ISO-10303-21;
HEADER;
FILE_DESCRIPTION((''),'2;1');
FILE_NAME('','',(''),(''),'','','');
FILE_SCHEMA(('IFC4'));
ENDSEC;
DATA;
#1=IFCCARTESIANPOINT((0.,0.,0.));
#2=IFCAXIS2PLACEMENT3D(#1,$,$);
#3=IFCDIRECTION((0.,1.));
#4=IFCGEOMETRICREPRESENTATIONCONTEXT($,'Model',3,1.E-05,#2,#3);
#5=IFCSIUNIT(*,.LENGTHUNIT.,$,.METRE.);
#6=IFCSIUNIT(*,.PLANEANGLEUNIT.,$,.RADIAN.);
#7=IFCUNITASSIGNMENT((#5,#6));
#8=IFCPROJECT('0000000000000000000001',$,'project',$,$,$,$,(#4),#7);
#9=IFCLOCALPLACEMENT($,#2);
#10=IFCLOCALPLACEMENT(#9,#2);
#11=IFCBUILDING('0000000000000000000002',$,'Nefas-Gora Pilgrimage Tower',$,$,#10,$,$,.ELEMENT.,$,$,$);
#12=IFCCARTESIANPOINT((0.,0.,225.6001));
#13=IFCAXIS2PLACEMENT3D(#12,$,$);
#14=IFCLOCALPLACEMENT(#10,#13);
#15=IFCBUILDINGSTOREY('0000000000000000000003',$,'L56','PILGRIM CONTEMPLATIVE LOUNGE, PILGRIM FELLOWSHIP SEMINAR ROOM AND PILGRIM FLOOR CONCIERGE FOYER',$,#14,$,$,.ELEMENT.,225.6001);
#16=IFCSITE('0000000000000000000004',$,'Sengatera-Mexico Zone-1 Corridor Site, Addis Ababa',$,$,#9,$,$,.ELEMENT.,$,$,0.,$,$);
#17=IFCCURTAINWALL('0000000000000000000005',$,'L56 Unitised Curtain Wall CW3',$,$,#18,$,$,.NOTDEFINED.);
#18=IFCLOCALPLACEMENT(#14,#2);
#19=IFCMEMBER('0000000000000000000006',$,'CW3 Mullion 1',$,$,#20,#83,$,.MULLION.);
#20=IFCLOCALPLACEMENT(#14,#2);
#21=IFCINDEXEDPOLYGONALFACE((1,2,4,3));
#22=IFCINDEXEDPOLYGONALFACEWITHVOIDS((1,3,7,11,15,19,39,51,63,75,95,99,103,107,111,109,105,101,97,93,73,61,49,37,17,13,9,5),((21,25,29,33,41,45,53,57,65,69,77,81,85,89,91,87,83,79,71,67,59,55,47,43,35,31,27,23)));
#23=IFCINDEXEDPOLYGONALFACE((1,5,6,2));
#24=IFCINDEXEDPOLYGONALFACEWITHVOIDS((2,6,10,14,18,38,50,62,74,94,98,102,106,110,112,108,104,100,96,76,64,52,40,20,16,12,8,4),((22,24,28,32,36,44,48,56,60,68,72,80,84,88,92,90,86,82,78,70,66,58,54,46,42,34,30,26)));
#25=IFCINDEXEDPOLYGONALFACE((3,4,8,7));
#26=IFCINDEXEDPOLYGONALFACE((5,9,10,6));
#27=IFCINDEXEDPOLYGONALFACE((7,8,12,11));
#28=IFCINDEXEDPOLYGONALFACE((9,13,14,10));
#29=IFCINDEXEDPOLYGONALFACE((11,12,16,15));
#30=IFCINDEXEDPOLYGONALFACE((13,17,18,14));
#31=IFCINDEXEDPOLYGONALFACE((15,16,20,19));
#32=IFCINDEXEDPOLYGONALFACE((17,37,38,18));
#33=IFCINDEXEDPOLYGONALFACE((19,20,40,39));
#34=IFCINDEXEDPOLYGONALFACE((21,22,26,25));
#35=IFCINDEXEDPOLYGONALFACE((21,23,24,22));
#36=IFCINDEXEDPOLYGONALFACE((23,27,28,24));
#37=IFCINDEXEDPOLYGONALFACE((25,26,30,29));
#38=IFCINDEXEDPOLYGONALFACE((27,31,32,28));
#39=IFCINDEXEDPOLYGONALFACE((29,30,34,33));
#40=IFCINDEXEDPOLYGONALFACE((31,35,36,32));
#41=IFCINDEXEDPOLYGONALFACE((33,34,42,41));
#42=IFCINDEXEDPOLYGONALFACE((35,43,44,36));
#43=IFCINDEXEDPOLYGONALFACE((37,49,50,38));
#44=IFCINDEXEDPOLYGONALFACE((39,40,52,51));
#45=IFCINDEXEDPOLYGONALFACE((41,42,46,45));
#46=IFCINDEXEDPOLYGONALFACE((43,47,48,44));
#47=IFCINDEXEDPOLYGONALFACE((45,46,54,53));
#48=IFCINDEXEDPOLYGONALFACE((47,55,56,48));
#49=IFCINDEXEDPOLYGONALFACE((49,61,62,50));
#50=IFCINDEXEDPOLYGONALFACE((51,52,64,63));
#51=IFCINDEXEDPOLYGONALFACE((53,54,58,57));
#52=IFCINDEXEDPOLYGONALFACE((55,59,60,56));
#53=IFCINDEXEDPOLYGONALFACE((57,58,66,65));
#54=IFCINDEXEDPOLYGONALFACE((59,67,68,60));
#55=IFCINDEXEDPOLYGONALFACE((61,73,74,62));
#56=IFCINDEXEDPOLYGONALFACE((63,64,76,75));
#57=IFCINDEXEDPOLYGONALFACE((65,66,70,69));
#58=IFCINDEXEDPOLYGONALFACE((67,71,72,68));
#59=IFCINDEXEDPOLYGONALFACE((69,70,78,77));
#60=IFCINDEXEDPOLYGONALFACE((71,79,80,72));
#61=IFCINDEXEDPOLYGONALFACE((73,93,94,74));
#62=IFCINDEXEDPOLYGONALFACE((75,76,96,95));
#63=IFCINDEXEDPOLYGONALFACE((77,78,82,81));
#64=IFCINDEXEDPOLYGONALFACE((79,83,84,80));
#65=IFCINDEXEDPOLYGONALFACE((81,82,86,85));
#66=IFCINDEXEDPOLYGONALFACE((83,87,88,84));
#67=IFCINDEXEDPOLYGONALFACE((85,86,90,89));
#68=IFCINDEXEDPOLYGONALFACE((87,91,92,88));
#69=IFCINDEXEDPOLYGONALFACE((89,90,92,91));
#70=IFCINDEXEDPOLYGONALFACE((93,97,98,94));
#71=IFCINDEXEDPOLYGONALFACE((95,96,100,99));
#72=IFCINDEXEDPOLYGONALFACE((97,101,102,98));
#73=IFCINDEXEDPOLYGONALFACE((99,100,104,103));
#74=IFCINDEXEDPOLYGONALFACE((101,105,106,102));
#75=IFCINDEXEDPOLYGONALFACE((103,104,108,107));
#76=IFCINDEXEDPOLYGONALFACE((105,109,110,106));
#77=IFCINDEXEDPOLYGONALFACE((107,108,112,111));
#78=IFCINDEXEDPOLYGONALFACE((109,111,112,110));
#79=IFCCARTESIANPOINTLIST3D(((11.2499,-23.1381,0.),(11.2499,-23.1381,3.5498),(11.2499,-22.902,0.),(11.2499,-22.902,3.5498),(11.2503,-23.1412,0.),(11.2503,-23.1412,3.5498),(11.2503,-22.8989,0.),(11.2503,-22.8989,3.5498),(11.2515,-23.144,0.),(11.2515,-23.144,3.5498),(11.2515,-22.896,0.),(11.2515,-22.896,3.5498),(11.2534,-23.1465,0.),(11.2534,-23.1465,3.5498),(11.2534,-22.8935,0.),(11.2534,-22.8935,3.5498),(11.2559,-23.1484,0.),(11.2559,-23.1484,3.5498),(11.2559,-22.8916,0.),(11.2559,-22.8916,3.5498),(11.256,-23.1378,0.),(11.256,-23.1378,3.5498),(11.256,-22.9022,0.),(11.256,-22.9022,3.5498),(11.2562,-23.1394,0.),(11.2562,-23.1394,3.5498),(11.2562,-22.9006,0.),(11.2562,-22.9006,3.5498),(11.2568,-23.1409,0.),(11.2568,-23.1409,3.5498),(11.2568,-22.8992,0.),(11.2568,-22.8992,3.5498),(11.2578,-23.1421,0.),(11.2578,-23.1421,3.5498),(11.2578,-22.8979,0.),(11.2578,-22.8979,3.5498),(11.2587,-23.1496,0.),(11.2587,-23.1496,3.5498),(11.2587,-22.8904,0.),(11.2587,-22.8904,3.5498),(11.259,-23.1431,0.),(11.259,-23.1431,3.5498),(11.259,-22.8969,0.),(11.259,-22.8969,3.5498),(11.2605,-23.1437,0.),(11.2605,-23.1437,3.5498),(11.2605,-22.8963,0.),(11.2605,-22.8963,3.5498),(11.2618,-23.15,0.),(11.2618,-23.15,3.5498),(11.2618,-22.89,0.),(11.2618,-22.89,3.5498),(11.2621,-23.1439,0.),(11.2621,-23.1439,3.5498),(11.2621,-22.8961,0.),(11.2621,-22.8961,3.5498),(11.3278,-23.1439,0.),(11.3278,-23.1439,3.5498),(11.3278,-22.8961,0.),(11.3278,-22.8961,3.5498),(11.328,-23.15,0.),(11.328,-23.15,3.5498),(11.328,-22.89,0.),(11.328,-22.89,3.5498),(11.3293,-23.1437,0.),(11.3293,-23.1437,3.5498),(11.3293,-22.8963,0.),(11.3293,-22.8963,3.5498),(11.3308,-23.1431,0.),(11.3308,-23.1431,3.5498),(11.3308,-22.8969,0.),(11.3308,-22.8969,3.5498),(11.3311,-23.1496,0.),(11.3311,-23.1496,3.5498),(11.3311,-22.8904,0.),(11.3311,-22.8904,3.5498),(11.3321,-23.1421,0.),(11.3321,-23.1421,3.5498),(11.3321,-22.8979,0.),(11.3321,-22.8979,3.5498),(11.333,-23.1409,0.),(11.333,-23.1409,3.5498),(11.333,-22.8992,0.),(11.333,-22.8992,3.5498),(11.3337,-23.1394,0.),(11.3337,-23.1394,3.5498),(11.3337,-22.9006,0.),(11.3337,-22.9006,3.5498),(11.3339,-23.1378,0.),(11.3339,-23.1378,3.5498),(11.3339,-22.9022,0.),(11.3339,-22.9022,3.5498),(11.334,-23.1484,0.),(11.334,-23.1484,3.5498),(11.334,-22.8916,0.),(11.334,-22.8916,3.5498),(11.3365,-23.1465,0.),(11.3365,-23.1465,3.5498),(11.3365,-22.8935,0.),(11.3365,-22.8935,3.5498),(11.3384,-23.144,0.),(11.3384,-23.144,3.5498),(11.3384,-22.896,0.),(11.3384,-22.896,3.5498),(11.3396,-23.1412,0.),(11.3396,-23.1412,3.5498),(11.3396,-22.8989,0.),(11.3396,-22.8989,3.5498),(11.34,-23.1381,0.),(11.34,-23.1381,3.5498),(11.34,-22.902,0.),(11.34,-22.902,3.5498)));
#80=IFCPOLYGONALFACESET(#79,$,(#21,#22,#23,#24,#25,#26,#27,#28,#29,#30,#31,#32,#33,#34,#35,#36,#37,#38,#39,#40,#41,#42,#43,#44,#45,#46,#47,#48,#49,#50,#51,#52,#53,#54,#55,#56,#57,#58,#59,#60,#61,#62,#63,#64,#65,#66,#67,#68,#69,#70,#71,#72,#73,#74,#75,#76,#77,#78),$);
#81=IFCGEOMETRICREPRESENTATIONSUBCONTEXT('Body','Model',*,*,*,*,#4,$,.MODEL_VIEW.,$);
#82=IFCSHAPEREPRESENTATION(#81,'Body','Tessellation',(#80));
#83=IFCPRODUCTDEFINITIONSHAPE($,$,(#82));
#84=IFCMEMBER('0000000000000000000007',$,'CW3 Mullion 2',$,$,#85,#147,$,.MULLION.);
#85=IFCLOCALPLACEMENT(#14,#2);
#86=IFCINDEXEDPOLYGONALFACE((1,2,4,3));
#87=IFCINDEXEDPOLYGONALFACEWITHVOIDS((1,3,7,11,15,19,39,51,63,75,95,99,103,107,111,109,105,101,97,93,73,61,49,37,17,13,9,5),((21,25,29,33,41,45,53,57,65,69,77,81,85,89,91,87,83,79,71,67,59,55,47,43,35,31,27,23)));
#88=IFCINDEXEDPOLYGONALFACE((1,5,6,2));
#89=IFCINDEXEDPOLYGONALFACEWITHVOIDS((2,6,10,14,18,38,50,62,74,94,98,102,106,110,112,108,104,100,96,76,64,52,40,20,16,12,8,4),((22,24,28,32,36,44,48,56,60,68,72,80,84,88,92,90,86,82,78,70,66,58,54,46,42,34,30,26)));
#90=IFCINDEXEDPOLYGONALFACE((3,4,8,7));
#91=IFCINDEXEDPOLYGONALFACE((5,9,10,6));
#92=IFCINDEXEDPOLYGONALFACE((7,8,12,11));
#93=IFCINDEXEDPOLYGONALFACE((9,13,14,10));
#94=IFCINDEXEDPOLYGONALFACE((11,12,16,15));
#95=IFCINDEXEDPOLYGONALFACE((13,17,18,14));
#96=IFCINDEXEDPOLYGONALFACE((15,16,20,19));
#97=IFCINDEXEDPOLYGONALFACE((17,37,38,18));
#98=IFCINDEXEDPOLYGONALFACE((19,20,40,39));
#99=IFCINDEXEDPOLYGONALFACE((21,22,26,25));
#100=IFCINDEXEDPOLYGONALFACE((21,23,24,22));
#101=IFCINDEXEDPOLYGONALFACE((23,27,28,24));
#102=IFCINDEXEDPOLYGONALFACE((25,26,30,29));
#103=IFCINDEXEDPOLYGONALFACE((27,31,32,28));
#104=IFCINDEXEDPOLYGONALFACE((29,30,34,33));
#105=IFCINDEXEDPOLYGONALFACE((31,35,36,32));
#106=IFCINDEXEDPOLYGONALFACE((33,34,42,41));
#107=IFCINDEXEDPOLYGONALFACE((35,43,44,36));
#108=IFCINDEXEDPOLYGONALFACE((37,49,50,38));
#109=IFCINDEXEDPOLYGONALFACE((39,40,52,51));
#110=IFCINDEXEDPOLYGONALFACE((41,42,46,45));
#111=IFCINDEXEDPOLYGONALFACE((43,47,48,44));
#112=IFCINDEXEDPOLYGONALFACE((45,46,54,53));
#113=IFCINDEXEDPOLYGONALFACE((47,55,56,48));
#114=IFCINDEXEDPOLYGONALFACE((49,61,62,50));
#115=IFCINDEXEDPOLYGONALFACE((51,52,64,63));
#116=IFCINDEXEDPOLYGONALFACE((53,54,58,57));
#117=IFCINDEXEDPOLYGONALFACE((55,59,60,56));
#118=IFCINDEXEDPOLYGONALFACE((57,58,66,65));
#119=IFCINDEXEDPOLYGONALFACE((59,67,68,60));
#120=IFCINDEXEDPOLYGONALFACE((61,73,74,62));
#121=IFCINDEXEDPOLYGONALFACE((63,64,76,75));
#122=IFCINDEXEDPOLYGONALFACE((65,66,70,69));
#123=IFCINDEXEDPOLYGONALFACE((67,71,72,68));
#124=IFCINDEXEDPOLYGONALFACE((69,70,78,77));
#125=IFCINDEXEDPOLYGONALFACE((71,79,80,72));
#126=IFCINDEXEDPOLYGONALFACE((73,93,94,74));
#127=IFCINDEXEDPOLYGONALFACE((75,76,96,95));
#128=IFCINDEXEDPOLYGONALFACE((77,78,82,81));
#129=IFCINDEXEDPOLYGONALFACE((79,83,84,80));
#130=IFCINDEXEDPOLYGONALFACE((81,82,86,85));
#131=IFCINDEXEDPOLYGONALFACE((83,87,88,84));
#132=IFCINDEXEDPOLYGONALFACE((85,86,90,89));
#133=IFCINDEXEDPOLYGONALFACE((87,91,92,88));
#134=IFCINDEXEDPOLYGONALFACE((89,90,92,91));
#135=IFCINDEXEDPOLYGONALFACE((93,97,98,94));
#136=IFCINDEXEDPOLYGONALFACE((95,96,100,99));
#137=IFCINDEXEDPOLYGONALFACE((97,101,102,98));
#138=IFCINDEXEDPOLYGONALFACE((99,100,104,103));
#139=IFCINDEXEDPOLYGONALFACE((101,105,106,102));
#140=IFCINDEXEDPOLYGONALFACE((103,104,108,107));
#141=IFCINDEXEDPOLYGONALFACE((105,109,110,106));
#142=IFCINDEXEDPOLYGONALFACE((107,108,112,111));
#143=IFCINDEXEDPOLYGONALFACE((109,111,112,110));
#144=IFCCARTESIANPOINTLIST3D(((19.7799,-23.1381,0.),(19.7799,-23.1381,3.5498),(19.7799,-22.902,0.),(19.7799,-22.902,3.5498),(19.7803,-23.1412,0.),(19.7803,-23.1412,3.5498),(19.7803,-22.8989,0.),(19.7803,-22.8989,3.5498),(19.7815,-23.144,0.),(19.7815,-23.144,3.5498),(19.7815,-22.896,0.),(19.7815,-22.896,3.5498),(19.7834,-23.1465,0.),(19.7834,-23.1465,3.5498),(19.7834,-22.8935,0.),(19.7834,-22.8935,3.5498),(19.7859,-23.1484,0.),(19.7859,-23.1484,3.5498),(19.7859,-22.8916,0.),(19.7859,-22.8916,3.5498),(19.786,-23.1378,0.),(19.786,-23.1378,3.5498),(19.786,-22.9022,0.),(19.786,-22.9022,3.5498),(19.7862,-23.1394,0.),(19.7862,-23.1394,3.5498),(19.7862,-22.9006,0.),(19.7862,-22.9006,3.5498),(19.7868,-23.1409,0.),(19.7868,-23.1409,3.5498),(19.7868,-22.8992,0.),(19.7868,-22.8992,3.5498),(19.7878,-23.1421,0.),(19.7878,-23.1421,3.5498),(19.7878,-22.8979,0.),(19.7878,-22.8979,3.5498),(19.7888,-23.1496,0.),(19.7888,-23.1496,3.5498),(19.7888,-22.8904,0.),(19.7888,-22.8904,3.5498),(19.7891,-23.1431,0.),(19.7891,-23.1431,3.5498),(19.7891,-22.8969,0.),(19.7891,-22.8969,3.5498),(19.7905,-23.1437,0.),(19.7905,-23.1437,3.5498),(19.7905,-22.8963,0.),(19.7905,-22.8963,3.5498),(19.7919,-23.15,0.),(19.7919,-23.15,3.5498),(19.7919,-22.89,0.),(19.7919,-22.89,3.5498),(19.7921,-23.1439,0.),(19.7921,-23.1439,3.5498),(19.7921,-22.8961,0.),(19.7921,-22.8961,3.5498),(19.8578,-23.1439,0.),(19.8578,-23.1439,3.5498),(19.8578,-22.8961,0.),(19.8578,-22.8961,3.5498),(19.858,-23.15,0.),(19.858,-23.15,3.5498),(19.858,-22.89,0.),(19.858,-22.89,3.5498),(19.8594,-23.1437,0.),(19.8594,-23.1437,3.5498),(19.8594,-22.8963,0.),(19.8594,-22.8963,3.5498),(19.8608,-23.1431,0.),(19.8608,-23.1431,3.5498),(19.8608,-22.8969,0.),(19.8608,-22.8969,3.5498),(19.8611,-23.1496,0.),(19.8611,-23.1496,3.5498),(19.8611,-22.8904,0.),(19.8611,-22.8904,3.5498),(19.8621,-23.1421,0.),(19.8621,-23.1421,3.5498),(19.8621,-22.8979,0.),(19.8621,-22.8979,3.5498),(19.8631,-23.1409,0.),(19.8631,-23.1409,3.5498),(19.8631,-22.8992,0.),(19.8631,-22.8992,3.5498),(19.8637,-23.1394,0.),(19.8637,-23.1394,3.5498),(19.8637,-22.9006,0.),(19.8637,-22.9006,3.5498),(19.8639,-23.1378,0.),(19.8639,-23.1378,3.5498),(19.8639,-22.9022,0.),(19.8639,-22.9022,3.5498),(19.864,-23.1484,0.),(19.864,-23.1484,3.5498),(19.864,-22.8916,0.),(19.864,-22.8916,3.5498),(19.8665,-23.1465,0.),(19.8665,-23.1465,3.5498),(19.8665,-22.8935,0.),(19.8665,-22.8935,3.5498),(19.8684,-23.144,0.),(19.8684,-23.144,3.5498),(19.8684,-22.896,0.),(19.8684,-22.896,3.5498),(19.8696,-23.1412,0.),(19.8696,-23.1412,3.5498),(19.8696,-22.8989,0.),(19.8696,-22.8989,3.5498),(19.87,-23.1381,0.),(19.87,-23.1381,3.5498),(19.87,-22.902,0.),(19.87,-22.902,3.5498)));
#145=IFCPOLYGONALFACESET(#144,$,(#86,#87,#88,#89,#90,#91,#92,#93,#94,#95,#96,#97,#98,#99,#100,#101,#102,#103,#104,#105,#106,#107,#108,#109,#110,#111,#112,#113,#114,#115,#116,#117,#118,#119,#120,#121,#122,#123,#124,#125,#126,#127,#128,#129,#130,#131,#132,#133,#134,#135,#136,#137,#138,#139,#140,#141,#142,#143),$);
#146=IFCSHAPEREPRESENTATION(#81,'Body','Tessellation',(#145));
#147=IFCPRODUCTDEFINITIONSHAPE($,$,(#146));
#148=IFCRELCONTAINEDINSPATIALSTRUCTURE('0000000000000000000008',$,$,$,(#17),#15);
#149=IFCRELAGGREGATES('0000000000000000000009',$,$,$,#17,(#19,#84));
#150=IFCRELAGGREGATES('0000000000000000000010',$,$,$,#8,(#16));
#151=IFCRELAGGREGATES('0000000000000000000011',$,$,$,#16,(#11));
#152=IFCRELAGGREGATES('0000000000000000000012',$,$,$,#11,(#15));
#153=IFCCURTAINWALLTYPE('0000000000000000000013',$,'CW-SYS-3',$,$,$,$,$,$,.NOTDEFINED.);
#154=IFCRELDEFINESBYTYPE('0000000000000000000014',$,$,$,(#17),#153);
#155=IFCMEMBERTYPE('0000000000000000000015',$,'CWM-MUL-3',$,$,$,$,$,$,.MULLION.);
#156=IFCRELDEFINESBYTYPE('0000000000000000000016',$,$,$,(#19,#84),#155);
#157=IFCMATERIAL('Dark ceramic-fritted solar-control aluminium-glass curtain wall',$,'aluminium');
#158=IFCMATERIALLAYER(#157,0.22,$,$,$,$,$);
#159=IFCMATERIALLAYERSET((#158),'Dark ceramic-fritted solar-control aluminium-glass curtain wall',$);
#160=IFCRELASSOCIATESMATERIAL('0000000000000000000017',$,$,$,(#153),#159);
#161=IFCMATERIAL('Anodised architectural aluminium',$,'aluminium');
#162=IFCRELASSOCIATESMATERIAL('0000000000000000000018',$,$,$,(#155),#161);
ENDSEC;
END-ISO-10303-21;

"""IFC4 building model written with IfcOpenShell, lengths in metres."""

from ifc_helpers import new_model, si_unit, direction, frame, origin, origin_2d, place, context, subcontext, project, spatial, hollow_rectangle, extrude, source, transform, mapped, material, layer, layer_set, material_profile, profile_set, type_object, element, aggregate, save


model = new_model("IFC4")

# Units and contexts
model_context = context("Model", 3, precision=1e-05, world=origin(), true_north=direction((0.0, 1.0)))
body_context = subcontext(model_context, "Body", "Model", "MODEL_VIEW")
ifc_project = project(units=[si_unit("LENGTHUNIT", "METRE"), si_unit("PLANEANGLEUNIT", "RADIAN")], contexts=[model_context])

# Site, building, storey
site_placement = place(None, origin())
site = spatial("IfcSite", under=ifc_project, at=site_placement, Name="Sengatera-Mexico Zone-1 Corridor Site, Addis Ababa", CompositionType="ELEMENT", RefElevation=0.0)
building_placement = place(site_placement, origin())
building = spatial("IfcBuilding", under=site, at=building_placement, Name="Nefas-Gora Pilgrimage Tower", CompositionType="ELEMENT")
storey_placement = place(building_placement, frame((0.0, 0.0, 225.6001)))
storey = spatial("IfcBuildingStorey", under=building, at=storey_placement, Name="L56", Description="PILGRIM CONTEMPLATIVE LOUNGE, PILGRIM FELLOWSHIP SEMINAR ROOM AND PILGRIM FLOOR CONCIERGE FOYER", CompositionType="ELEMENT", Elevation=225.6001)

# Curtain wall, members
ifc_material_1 = material(Name="Dark ceramic-fritted solar-control aluminium-glass curtain wall", Category="aluminium")
ifc_layer_1 = layer(ifc_material_1, 0.22)
ifc_layer_set_1 = layer_set([ifc_layer_1], Name="Dark ceramic-fritted solar-control aluminium-glass curtain wall")
curtain_wall_type = type_object("IfcCurtainWallType", Name="CW-SYS-3", PredefinedType="NOTDEFINED", material=ifc_layer_set_1)
curtain_wall_1_placement = place(storey_placement, origin())
curtain_wall_1 = element("IfcCurtainWall", 1, at=curtain_wall_1_placement, inside=storey, type_object=curtain_wall_type, Name="L56 Unitised Curtain Wall CW3", PredefinedType="NOTDEFINED")
ifc_material_2 = material(Name="Anodised architectural aluminium", Category="aluminium")
ifc_material_profile_1 = material_profile(ifc_material_2, hollow_rectangle(XDim=0.0901, YDim=0.26, WallThickness=0.0061, InnerFilletRadius=0.0061, OuterFilletRadius=0.012, at=origin_2d()), Name="ALU MULLION 90x260")
ifc_profile_set_1 = profile_set([ifc_material_profile_1], Name="Anodised architectural aluminium")
member_type_1 = type_object("IfcMemberType", Name="CWM-MUL-3", PredefinedType="MULLION", material=ifc_profile_set_1)
shared_shape_1 = source(origin(), body_context, "Body", "SweptSolid", [
    extrude(hollow_rectangle(XDim=0.0901, YDim=0.26, WallThickness=0.0061, InnerFilletRadius=0.0061, OuterFilletRadius=0.012, at=origin_2d()), origin(), (0.0, 0.0, 1.0), 3.5498),
])
member_1_placement = place(storey_placement, frame((11.2949, -23.02, 0.0), z_axis=(0.0, 0.0, 1.0), x_axis=(1.0, 0.0, 0.0)))
member_1 = element("IfcMember", 2, at=member_1_placement, type_object=member_type_1, Name="CW3 Mullion 1", PredefinedType="MULLION", context=body_context, shape_type="MappedRepresentation", body=[
    mapped(shared_shape_1, transform((0.0, 0.0, 0.0), x_axis=(1.0, 0.0, 0.0), y_axis=(0.0, 1.0, 0.0), z_axis=(0.0, 0.0, 1.0), scale=1.0)),
])
member_2_placement = place(storey_placement, frame((19.825, -23.02, 0.0), z_axis=(0.0, 0.0, 1.0), x_axis=(1.0, 0.0, 0.0)))
member_2 = element("IfcMember", 3, at=member_2_placement, type_object=member_type_1, Name="CW3 Mullion 2", PredefinedType="MULLION", context=body_context, shape_type="MappedRepresentation", body=[
    mapped(shared_shape_1, transform((0.0, 0.0, 0.0), x_axis=(1.0, 0.0, 0.0), y_axis=(0.0, 1.0, 0.0), z_axis=(0.0, 0.0, 1.0), scale=1.0)),
])

aggregate(curtain_wall_1, [member_1, member_2])

save(model, "model.ifc")
